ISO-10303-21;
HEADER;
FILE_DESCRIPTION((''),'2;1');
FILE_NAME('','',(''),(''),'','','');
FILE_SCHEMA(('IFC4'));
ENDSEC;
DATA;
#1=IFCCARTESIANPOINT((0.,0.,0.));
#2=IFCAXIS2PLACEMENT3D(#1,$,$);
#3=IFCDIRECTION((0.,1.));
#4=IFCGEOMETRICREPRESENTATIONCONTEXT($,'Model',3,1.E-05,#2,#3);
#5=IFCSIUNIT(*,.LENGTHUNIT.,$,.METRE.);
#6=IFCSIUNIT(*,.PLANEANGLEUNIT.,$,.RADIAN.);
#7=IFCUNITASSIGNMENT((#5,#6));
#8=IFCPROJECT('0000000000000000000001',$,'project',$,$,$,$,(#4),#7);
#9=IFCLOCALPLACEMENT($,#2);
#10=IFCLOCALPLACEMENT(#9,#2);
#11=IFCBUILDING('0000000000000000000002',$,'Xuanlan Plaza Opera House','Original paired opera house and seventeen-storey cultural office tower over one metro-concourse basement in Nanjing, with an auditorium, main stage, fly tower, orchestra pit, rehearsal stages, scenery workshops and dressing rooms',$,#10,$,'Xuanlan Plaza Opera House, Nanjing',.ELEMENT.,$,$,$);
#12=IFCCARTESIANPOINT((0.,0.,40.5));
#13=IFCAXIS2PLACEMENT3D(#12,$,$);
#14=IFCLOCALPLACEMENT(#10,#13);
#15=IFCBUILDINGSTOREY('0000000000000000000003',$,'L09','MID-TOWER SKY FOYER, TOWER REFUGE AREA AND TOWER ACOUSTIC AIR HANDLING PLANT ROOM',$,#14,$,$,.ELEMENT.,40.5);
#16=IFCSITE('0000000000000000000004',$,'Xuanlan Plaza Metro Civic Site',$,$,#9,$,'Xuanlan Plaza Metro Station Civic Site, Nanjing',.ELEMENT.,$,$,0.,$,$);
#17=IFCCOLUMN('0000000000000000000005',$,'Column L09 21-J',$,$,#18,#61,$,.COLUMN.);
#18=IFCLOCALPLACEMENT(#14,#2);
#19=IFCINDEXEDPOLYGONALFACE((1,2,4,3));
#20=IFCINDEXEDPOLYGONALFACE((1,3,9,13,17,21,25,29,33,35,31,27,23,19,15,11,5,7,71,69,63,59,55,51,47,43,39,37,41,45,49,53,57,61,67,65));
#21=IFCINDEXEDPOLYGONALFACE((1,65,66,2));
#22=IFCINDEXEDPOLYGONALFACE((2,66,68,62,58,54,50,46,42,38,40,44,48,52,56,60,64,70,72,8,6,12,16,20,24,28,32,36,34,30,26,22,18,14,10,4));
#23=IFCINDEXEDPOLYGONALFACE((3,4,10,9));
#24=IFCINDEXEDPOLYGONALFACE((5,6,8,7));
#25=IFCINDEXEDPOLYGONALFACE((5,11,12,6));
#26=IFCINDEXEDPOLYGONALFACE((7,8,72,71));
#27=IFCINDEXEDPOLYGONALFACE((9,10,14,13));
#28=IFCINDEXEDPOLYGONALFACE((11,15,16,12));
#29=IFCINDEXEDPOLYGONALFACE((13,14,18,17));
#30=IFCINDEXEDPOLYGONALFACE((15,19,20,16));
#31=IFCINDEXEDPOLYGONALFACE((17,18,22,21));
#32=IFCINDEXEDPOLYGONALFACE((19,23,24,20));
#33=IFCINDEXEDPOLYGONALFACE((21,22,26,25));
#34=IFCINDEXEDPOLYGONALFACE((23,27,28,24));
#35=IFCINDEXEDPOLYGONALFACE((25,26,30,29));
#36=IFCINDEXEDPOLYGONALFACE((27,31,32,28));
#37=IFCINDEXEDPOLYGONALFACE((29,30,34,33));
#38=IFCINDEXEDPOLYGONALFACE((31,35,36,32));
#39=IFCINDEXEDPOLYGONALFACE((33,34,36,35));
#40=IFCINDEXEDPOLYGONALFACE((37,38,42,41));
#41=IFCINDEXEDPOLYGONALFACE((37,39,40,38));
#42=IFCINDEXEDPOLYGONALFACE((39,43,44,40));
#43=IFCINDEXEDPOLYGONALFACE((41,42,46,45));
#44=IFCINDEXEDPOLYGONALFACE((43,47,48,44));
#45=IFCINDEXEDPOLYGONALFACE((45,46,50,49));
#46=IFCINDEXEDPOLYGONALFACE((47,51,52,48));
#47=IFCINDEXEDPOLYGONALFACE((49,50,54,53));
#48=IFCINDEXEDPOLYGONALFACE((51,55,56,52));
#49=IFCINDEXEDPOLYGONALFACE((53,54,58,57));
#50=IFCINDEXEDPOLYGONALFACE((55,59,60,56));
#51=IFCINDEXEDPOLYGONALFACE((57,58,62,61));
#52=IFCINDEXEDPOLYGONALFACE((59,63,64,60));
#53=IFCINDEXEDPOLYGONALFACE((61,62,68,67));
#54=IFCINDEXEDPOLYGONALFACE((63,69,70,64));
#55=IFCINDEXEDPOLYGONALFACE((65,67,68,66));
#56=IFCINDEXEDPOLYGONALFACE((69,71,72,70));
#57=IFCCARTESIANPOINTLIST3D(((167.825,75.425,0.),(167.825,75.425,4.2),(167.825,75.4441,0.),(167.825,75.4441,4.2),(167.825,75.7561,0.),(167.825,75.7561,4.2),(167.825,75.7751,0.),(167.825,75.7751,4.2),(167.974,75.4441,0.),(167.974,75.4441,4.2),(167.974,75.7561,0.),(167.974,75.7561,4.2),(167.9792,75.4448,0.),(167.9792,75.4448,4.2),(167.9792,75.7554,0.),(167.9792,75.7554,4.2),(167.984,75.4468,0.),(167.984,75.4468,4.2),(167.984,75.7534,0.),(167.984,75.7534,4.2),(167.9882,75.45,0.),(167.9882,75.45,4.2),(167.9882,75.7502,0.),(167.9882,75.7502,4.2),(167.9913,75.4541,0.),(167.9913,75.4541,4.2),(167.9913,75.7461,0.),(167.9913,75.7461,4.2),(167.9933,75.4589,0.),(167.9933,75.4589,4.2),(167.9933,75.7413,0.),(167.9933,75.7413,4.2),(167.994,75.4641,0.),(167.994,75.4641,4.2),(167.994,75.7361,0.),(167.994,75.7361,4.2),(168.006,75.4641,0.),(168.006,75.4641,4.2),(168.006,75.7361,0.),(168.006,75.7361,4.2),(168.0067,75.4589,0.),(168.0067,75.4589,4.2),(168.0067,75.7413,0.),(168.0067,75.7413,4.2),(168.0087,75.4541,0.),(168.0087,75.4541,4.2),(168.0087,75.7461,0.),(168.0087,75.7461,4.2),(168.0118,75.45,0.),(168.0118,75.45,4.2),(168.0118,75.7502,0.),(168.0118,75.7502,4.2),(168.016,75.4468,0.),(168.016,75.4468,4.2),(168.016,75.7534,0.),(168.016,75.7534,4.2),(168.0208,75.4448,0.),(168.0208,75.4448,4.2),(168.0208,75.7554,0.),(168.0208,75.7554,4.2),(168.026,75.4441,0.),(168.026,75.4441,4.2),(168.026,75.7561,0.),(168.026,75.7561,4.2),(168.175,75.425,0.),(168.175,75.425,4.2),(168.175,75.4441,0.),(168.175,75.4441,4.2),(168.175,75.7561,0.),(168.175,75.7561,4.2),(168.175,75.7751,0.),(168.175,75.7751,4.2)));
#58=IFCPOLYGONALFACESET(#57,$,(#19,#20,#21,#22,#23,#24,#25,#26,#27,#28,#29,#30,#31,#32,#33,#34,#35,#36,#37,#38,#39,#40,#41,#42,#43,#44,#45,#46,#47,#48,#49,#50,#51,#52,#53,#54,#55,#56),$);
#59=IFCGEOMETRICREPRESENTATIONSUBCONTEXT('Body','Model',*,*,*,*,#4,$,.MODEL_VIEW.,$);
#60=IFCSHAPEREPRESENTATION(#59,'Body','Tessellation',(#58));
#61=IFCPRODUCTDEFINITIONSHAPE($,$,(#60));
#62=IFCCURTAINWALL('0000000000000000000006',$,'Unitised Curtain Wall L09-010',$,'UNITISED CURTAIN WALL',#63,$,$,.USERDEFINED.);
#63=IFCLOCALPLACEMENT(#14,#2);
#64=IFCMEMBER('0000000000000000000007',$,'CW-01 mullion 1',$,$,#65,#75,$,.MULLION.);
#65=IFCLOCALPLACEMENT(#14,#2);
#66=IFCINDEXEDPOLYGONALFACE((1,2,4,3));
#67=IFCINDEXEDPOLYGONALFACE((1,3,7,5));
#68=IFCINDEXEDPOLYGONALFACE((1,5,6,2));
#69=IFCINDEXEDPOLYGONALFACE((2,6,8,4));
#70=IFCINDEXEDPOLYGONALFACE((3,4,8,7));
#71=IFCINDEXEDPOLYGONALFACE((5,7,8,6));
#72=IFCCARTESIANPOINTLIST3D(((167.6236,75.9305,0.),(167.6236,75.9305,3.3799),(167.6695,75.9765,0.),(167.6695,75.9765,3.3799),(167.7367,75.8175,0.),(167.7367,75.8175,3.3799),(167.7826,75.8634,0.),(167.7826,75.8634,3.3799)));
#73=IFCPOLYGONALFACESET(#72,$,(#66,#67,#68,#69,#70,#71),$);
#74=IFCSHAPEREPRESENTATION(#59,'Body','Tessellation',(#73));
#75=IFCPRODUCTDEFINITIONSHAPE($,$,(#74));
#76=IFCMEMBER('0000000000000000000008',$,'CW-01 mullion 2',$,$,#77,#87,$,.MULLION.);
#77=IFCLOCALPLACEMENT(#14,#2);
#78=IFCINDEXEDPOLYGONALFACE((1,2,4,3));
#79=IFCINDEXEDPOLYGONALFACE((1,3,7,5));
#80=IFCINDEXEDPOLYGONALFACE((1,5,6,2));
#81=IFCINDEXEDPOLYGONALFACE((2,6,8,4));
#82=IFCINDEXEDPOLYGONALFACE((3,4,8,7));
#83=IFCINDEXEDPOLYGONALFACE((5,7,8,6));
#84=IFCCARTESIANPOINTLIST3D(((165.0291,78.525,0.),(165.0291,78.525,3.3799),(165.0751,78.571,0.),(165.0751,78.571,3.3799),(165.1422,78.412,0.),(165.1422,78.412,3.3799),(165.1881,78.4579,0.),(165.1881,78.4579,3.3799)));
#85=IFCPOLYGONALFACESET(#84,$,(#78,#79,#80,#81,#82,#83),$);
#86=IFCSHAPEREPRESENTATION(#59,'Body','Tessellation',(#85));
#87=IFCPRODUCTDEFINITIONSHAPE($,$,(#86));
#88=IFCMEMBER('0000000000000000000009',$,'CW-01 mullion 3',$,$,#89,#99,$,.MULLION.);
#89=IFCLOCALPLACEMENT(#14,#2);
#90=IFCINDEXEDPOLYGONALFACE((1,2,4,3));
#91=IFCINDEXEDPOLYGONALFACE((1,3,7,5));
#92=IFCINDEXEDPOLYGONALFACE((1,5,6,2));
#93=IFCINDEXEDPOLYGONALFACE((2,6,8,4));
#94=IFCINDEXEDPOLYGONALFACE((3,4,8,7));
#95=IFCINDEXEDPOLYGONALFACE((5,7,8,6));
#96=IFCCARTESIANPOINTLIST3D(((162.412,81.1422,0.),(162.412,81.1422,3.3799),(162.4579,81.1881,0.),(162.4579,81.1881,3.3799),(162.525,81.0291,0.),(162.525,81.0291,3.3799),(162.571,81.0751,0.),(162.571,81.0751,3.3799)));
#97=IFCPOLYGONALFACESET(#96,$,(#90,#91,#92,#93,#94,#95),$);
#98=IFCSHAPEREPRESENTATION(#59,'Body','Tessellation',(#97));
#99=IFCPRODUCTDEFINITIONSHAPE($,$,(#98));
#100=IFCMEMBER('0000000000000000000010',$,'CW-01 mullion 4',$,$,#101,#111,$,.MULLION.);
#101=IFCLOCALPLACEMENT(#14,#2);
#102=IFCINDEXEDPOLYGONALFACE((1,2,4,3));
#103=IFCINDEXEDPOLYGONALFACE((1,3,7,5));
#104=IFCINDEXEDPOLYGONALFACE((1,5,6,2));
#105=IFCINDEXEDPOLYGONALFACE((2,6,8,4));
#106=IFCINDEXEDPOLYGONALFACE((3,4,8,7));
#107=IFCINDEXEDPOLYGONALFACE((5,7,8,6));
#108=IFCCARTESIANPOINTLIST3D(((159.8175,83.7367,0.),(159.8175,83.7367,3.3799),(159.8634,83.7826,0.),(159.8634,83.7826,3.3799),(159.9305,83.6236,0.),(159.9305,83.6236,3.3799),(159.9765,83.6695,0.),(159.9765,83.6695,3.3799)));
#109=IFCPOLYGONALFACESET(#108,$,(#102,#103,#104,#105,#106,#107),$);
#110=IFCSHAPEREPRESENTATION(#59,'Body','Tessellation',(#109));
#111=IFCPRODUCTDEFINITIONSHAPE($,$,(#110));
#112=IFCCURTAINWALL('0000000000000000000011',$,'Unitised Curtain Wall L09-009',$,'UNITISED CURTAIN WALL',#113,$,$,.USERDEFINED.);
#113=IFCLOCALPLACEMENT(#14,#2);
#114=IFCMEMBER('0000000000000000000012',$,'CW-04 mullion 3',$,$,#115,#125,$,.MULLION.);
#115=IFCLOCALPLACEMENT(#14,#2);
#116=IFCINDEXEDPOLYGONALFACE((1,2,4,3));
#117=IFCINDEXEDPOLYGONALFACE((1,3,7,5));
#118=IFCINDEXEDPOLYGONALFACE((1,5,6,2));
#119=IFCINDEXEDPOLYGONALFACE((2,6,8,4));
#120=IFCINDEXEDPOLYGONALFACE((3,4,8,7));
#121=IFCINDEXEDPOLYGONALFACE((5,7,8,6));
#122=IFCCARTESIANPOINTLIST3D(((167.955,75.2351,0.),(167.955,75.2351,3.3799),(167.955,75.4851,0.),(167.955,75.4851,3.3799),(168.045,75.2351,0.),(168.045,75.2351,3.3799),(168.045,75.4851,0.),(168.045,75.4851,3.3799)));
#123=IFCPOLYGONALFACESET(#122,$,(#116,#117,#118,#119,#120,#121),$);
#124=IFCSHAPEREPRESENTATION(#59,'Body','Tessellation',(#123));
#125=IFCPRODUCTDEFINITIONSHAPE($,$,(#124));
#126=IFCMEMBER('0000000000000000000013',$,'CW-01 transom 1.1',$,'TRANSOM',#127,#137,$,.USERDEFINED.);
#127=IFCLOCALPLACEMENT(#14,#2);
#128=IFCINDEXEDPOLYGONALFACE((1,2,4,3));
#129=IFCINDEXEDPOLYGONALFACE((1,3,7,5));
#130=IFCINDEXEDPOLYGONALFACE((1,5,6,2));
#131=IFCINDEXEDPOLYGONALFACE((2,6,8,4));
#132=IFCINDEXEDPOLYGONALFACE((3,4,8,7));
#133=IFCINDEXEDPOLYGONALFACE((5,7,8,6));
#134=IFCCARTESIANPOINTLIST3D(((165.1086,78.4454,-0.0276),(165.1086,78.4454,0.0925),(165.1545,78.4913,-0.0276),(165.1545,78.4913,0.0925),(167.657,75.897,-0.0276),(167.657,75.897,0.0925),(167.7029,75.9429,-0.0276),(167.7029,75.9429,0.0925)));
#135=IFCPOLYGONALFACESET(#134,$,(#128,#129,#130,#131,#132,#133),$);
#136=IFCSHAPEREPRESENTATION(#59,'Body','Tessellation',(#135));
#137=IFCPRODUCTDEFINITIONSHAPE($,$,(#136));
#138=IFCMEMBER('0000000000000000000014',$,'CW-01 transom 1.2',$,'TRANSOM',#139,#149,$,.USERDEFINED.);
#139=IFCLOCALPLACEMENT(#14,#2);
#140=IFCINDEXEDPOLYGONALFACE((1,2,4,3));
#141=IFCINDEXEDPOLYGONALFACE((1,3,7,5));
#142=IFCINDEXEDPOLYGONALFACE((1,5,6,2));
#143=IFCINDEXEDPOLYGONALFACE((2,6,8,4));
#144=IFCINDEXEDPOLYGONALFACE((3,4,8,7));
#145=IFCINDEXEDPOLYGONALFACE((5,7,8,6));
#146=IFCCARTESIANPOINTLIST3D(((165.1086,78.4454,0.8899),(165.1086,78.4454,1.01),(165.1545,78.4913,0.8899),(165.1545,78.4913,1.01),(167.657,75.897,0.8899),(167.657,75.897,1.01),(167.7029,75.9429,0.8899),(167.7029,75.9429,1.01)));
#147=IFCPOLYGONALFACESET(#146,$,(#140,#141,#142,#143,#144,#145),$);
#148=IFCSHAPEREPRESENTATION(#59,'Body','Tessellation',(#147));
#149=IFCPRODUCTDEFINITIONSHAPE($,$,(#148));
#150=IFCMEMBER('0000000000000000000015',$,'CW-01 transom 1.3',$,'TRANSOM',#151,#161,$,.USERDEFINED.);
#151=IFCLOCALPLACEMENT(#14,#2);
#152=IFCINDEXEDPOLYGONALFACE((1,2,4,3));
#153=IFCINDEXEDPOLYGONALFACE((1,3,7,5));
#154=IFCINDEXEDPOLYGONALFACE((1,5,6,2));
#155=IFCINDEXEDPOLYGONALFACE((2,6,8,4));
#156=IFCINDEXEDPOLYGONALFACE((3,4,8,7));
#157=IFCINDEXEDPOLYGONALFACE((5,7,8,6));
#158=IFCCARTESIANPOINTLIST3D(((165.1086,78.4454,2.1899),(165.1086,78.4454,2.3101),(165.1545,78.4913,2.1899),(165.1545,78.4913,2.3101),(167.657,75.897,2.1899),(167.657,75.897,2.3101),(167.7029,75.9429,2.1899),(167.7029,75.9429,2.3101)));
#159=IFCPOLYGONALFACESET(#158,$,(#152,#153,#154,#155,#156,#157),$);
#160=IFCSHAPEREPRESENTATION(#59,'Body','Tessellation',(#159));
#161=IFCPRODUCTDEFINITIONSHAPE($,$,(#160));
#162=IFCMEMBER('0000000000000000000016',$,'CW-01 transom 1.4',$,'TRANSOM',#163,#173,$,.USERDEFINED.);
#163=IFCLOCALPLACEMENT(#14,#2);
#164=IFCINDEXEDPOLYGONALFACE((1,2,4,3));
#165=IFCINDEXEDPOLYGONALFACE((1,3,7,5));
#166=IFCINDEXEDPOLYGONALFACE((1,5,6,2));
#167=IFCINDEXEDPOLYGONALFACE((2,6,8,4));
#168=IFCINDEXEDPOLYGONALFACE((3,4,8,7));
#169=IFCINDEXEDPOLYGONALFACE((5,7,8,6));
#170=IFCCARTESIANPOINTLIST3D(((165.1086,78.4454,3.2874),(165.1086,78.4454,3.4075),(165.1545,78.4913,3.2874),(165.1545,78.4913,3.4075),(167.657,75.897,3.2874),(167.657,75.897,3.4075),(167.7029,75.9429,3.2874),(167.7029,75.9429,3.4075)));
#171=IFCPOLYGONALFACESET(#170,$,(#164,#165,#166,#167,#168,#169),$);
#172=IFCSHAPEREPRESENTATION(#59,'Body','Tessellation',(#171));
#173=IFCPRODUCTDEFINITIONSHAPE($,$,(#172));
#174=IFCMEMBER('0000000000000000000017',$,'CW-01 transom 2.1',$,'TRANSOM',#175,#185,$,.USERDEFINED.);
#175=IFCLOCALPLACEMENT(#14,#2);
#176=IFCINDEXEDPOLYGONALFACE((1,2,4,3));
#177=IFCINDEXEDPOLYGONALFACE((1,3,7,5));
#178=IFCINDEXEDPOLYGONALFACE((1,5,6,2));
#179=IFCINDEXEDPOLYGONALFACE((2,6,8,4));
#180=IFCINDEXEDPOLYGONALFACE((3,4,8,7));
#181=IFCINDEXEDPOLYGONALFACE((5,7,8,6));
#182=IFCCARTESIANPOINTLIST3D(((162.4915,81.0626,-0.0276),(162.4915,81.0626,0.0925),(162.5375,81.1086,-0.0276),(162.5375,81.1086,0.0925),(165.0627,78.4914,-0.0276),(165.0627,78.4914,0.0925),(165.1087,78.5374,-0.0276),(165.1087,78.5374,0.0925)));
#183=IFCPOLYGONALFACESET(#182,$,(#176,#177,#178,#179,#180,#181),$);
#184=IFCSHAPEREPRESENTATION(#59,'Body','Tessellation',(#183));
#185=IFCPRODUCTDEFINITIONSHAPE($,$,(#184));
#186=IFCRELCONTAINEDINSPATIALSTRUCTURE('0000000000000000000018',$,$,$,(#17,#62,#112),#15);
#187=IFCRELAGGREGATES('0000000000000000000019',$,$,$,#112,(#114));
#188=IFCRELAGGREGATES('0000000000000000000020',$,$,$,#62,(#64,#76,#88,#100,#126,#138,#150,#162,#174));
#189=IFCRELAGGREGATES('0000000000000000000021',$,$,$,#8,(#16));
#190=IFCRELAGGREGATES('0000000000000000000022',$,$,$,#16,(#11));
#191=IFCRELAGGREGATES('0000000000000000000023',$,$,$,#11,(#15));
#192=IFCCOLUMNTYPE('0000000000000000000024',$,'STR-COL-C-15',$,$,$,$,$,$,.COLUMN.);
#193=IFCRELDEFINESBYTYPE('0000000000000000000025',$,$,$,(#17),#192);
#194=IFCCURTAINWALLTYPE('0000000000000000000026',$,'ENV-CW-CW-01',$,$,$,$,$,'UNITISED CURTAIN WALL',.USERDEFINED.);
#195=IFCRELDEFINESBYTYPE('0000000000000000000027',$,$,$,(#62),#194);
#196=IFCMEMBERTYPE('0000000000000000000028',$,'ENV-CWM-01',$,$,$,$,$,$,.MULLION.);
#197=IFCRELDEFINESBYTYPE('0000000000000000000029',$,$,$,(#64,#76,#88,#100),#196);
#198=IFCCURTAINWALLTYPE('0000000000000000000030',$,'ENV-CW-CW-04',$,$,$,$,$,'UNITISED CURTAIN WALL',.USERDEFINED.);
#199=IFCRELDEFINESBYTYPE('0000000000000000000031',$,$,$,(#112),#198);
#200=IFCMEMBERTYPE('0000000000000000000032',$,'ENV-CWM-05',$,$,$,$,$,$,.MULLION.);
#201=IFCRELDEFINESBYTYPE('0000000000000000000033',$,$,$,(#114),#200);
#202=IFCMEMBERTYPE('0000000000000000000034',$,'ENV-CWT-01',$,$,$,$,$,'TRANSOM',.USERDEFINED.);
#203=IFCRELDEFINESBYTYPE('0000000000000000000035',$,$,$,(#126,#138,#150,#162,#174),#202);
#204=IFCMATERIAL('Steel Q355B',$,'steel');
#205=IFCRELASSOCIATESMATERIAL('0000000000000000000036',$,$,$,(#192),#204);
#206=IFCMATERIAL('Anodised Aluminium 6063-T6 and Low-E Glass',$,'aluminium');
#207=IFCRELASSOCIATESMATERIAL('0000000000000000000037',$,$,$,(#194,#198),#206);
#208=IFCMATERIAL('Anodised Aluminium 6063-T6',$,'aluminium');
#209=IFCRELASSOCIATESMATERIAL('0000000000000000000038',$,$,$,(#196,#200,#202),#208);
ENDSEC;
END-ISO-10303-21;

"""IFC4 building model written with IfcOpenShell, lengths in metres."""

from ifc_helpers import new_model, si_unit, direction, frame, origin, origin_2d, place, context, subcontext, project, spatial, rectangle, i_section, extrude, material, material_profile, profile_set, type_object, element, aggregate, save


model = new_model("IFC4")

# Units and contexts
model_context = context("Model", 3, precision=1e-05, world=origin(), true_north=direction((0.0, 1.0)))
body_context = subcontext(model_context, "Body", "Model", "MODEL_VIEW")
ifc_project = project(units=[si_unit("LENGTHUNIT", "METRE"), si_unit("PLANEANGLEUNIT", "RADIAN")], contexts=[model_context])

# Site, building, storey
site_placement = place(None, origin())
site = spatial("IfcSite", under=ifc_project, at=site_placement, Name="Xuanlan Plaza Metro Civic Site", LongName="Xuanlan Plaza Metro Station Civic Site, Nanjing", CompositionType="ELEMENT", RefElevation=0.0)
building_placement = place(site_placement, origin())
building = spatial("IfcBuilding", under=site, at=building_placement, Name="Xuanlan Plaza Opera House", Description="Original paired opera house and seventeen-storey cultural office tower over one metro-concourse basement in Nanjing, with an auditorium, main stage, fly tower, orchestra pit, rehearsal stages, scenery workshops and dressing rooms", LongName="Xuanlan Plaza Opera House, Nanjing", CompositionType="ELEMENT")
storey_placement = place(building_placement, frame((0.0, 0.0, 40.5)))
storey = spatial("IfcBuildingStorey", under=building, at=storey_placement, Name="L09", Description="MID-TOWER SKY FOYER, TOWER REFUGE AREA AND TOWER ACOUSTIC AIR HANDLING PLANT ROOM", CompositionType="ELEMENT", Elevation=40.5)

# Column
ifc_material_1 = material(Name="Steel Q355B", Category="steel")
ifc_material_profile_1 = material_profile(ifc_material_1, i_section(OverallWidth=0.3501, OverallDepth=0.3501, WebThickness=0.012, FlangeThickness=0.019, FilletRadius=0.02, at=origin_2d()), Name="HW 350x350x12x19")
ifc_profile_set_1 = profile_set([ifc_material_profile_1], Name="Steel Q355B")
column_type = type_object("IfcColumnType", Name="STR-COL-C-15", PredefinedType="COLUMN", material=ifc_profile_set_1)
column_placement = place(storey_placement, frame((168.0, 75.6001, 0.0), z_axis=(0.0, 0.0, 1.0), x_axis=(1.0, 0.0, 0.0)))
element("IfcColumn", 1, at=column_placement, inside=storey, type_object=column_type, Name="Column L09 21-J", PredefinedType="COLUMN", context=body_context, shape_type="SweptSolid", body=[
    extrude(i_section(OverallWidth=0.3501, OverallDepth=0.3501, WebThickness=0.012, FlangeThickness=0.019, FilletRadius=0.02, at=origin_2d()), origin(), (0.0, 0.0, 1.0), 4.2),
])

# Curtain wall, members
ifc_material_2 = material(Name="Anodised Aluminium 6063-T6 and Low-E Glass", Category="aluminium")
curtain_wall_type_1 = type_object("IfcCurtainWallType", Name="ENV-CW-CW-01", ElementType="UNITISED CURTAIN WALL", PredefinedType="USERDEFINED", material=ifc_material_2)
curtain_wall_1_placement = place(storey_placement, origin())
curtain_wall_1 = element("IfcCurtainWall", 2, at=curtain_wall_1_placement, inside=storey, type_object=curtain_wall_type_1, Name="Unitised Curtain Wall L09-010", ObjectType="UNITISED CURTAIN WALL", PredefinedType="USERDEFINED")
ifc_material_3 = material(Name="Anodised Aluminium 6063-T6", Category="aluminium")
ifc_material_profile_2 = material_profile(ifc_material_3, rectangle(XDim=0.0649, YDim=0.1599, at=origin_2d()), Name="ALU-M 65x160")
ifc_profile_set_2 = profile_set([ifc_material_profile_2], Name="Anodised Aluminium 6063-T6")
member_type_1 = type_object("IfcMemberType", Name="ENV-CWM-01", PredefinedType="MULLION", material=ifc_profile_set_2)
member_1_placement = place(storey_placement, frame((167.7031, 75.897, 0.0), z_axis=(0.0, 0.0, 1.0), x_axis=(-0.707107, -0.707107, 0.0)))
member_1 = element("IfcMember", 3, at=member_1_placement, type_object=member_type_1, Name="CW-01 mullion 1", PredefinedType="MULLION", context=body_context, shape_type="SweptSolid", body=[
    extrude(rectangle(XDim=0.0649, YDim=0.1599, at=origin_2d()), origin(), (0.0, 0.0, 1.0), 3.3799),
])
member_2_placement = place(storey_placement, frame((165.1086, 78.4915, 0.0), z_axis=(0.0, 0.0, 1.0), x_axis=(-0.707107, -0.707107, 0.0)))
member_2 = element("IfcMember", 4, at=member_2_placement, type_object=member_type_1, Name="CW-01 mullion 2", PredefinedType="MULLION", context=body_context, shape_type="SweptSolid", body=[
    extrude(rectangle(XDim=0.0649, YDim=0.1599, at=origin_2d()), origin(), (0.0, 0.0, 1.0), 3.3799),
])
member_3_placement = place(storey_placement, frame((162.4915, 81.1086, 0.0), z_axis=(0.0, 0.0, 1.0), x_axis=(-0.707107, -0.707107, 0.0)))
member_3 = element("IfcMember", 5, at=member_3_placement, type_object=member_type_1, Name="CW-01 mullion 3", PredefinedType="MULLION", context=body_context, shape_type="SweptSolid", body=[
    extrude(rectangle(XDim=0.0649, YDim=0.1599, at=origin_2d()), origin(), (0.0, 0.0, 1.0), 3.3799),
])
member_4_placement = place(storey_placement, frame((159.897, 83.7031, 0.0), z_axis=(0.0, 0.0, 1.0), x_axis=(-0.707107, -0.707107, 0.0)))
member_4 = element("IfcMember", 6, at=member_4_placement, type_object=member_type_1, Name="CW-01 mullion 4", PredefinedType="MULLION", context=body_context, shape_type="SweptSolid", body=[
    extrude(rectangle(XDim=0.0649, YDim=0.1599, at=origin_2d()), origin(), (0.0, 0.0, 1.0), 3.3799),
])

# Curtain wall, member
curtain_wall_type_2 = type_object("IfcCurtainWallType", Name="ENV-CW-CW-04", ElementType="UNITISED CURTAIN WALL", PredefinedType="USERDEFINED", material=ifc_material_2)
curtain_wall_2_placement = place(storey_placement, origin())
curtain_wall_2 = element("IfcCurtainWall", 7, at=curtain_wall_2_placement, inside=storey, type_object=curtain_wall_type_2, Name="Unitised Curtain Wall L09-009", ObjectType="UNITISED CURTAIN WALL", PredefinedType="USERDEFINED")
ifc_material_profile_3 = material_profile(ifc_material_3, rectangle(XDim=0.0901, YDim=0.25, at=origin_2d()), Name="ALU-M 90x250")
ifc_profile_set_3 = profile_set([ifc_material_profile_3], Name="Anodised Aluminium 6063-T6")
member_type_2 = type_object("IfcMemberType", Name="ENV-CWM-05", PredefinedType="MULLION", material=ifc_profile_set_3)
member_5_placement = place(storey_placement, frame((168.0, 75.3601, 0.0), z_axis=(0.0, 0.0, 1.0), x_axis=(-1.0, 0.0, 0.0)))
member_5 = element("IfcMember", 8, at=member_5_placement, type_object=member_type_2, Name="CW-04 mullion 3", PredefinedType="MULLION", context=body_context, shape_type="SweptSolid", body=[
    extrude(rectangle(XDim=0.0901, YDim=0.25, at=origin_2d()), origin(), (0.0, 0.0, 1.0), 3.3799),
])
aggregate(curtain_wall_2, [member_5])

# Members
ifc_material_profile_4 = material_profile(ifc_material_3, rectangle(XDim=0.0649, YDim=0.1201, at=origin_2d()), Name="ALU-T 65x120")
ifc_profile_set_4 = profile_set([ifc_material_profile_4], Name="Anodised Aluminium 6063-T6")
member_type_3 = type_object("IfcMemberType", Name="ENV-CWT-01", ElementType="TRANSOM", PredefinedType="USERDEFINED", material=ifc_profile_set_4)
member_6_placement = place(storey_placement, frame((167.6799, 75.9199, 0.0325), z_axis=(-0.707107, 0.707107, 0.0), x_axis=(-0.707107, -0.707107, 0.0)))
member_6 = element("IfcMember", 9, at=member_6_placement, type_object=member_type_3, Name="CW-01 transom 1.1", ObjectType="TRANSOM", PredefinedType="USERDEFINED", context=body_context, shape_type="SweptSolid", body=[
    extrude(rectangle(XDim=0.0649, YDim=0.1201, at=origin_2d()), origin(), (0.0, 0.0, 1.0), 3.604),
])
member_7_placement = place(storey_placement, frame((167.6799, 75.9199, 0.95), z_axis=(-0.707107, 0.707107, 0.0), x_axis=(-0.707107, -0.707107, 0.0)))
member_7 = element("IfcMember", 10, at=member_7_placement, type_object=member_type_3, Name="CW-01 transom 1.2", ObjectType="TRANSOM", PredefinedType="USERDEFINED", context=body_context, shape_type="SweptSolid", body=[
    extrude(rectangle(XDim=0.0649, YDim=0.1201, at=origin_2d()), origin(), (0.0, 0.0, 1.0), 3.604),
])
member_8_placement = place(storey_placement, frame((167.6799, 75.9199, 2.25), z_axis=(-0.707107, 0.707107, 0.0), x_axis=(-0.707107, -0.707107, 0.0)))
member_8 = element("IfcMember", 11, at=member_8_placement, type_object=member_type_3, Name="CW-01 transom 1.3", ObjectType="TRANSOM", PredefinedType="USERDEFINED", context=body_context, shape_type="SweptSolid", body=[
    extrude(rectangle(XDim=0.0649, YDim=0.1201, at=origin_2d()), origin(), (0.0, 0.0, 1.0), 3.604),
])
member_9_placement = place(storey_placement, frame((167.6799, 75.9199, 3.3474), z_axis=(-0.707107, 0.707107, 0.0), x_axis=(-0.707107, -0.707107, 0.0)))
member_9 = element("IfcMember", 12, at=member_9_placement, type_object=member_type_3, Name="CW-01 transom 1.4", ObjectType="TRANSOM", PredefinedType="USERDEFINED", context=body_context, shape_type="SweptSolid", body=[
    extrude(rectangle(XDim=0.0649, YDim=0.1201, at=origin_2d()), origin(), (0.0, 0.0, 1.0), 3.604),
])
member_10_placement = place(storey_placement, frame((165.0857, 78.5144, 0.0325), z_axis=(-0.707107, 0.707107, 0.0), x_axis=(-0.707107, -0.707107, 0.0)))
member_10 = element("IfcMember", 13, at=member_10_placement, type_object=member_type_3, Name="CW-01 transom 2.1", ObjectType="TRANSOM", PredefinedType="USERDEFINED", context=body_context, shape_type="SweptSolid", body=[
    extrude(rectangle(XDim=0.0649, YDim=0.1201, at=origin_2d()), origin(), (0.0, 0.0, 1.0), 3.6362),
])

aggregate(curtain_wall_1, [member_1, member_2, member_3, member_4, member_6, member_7, member_8, member_9, member_10])

save(model, "model.ifc")
